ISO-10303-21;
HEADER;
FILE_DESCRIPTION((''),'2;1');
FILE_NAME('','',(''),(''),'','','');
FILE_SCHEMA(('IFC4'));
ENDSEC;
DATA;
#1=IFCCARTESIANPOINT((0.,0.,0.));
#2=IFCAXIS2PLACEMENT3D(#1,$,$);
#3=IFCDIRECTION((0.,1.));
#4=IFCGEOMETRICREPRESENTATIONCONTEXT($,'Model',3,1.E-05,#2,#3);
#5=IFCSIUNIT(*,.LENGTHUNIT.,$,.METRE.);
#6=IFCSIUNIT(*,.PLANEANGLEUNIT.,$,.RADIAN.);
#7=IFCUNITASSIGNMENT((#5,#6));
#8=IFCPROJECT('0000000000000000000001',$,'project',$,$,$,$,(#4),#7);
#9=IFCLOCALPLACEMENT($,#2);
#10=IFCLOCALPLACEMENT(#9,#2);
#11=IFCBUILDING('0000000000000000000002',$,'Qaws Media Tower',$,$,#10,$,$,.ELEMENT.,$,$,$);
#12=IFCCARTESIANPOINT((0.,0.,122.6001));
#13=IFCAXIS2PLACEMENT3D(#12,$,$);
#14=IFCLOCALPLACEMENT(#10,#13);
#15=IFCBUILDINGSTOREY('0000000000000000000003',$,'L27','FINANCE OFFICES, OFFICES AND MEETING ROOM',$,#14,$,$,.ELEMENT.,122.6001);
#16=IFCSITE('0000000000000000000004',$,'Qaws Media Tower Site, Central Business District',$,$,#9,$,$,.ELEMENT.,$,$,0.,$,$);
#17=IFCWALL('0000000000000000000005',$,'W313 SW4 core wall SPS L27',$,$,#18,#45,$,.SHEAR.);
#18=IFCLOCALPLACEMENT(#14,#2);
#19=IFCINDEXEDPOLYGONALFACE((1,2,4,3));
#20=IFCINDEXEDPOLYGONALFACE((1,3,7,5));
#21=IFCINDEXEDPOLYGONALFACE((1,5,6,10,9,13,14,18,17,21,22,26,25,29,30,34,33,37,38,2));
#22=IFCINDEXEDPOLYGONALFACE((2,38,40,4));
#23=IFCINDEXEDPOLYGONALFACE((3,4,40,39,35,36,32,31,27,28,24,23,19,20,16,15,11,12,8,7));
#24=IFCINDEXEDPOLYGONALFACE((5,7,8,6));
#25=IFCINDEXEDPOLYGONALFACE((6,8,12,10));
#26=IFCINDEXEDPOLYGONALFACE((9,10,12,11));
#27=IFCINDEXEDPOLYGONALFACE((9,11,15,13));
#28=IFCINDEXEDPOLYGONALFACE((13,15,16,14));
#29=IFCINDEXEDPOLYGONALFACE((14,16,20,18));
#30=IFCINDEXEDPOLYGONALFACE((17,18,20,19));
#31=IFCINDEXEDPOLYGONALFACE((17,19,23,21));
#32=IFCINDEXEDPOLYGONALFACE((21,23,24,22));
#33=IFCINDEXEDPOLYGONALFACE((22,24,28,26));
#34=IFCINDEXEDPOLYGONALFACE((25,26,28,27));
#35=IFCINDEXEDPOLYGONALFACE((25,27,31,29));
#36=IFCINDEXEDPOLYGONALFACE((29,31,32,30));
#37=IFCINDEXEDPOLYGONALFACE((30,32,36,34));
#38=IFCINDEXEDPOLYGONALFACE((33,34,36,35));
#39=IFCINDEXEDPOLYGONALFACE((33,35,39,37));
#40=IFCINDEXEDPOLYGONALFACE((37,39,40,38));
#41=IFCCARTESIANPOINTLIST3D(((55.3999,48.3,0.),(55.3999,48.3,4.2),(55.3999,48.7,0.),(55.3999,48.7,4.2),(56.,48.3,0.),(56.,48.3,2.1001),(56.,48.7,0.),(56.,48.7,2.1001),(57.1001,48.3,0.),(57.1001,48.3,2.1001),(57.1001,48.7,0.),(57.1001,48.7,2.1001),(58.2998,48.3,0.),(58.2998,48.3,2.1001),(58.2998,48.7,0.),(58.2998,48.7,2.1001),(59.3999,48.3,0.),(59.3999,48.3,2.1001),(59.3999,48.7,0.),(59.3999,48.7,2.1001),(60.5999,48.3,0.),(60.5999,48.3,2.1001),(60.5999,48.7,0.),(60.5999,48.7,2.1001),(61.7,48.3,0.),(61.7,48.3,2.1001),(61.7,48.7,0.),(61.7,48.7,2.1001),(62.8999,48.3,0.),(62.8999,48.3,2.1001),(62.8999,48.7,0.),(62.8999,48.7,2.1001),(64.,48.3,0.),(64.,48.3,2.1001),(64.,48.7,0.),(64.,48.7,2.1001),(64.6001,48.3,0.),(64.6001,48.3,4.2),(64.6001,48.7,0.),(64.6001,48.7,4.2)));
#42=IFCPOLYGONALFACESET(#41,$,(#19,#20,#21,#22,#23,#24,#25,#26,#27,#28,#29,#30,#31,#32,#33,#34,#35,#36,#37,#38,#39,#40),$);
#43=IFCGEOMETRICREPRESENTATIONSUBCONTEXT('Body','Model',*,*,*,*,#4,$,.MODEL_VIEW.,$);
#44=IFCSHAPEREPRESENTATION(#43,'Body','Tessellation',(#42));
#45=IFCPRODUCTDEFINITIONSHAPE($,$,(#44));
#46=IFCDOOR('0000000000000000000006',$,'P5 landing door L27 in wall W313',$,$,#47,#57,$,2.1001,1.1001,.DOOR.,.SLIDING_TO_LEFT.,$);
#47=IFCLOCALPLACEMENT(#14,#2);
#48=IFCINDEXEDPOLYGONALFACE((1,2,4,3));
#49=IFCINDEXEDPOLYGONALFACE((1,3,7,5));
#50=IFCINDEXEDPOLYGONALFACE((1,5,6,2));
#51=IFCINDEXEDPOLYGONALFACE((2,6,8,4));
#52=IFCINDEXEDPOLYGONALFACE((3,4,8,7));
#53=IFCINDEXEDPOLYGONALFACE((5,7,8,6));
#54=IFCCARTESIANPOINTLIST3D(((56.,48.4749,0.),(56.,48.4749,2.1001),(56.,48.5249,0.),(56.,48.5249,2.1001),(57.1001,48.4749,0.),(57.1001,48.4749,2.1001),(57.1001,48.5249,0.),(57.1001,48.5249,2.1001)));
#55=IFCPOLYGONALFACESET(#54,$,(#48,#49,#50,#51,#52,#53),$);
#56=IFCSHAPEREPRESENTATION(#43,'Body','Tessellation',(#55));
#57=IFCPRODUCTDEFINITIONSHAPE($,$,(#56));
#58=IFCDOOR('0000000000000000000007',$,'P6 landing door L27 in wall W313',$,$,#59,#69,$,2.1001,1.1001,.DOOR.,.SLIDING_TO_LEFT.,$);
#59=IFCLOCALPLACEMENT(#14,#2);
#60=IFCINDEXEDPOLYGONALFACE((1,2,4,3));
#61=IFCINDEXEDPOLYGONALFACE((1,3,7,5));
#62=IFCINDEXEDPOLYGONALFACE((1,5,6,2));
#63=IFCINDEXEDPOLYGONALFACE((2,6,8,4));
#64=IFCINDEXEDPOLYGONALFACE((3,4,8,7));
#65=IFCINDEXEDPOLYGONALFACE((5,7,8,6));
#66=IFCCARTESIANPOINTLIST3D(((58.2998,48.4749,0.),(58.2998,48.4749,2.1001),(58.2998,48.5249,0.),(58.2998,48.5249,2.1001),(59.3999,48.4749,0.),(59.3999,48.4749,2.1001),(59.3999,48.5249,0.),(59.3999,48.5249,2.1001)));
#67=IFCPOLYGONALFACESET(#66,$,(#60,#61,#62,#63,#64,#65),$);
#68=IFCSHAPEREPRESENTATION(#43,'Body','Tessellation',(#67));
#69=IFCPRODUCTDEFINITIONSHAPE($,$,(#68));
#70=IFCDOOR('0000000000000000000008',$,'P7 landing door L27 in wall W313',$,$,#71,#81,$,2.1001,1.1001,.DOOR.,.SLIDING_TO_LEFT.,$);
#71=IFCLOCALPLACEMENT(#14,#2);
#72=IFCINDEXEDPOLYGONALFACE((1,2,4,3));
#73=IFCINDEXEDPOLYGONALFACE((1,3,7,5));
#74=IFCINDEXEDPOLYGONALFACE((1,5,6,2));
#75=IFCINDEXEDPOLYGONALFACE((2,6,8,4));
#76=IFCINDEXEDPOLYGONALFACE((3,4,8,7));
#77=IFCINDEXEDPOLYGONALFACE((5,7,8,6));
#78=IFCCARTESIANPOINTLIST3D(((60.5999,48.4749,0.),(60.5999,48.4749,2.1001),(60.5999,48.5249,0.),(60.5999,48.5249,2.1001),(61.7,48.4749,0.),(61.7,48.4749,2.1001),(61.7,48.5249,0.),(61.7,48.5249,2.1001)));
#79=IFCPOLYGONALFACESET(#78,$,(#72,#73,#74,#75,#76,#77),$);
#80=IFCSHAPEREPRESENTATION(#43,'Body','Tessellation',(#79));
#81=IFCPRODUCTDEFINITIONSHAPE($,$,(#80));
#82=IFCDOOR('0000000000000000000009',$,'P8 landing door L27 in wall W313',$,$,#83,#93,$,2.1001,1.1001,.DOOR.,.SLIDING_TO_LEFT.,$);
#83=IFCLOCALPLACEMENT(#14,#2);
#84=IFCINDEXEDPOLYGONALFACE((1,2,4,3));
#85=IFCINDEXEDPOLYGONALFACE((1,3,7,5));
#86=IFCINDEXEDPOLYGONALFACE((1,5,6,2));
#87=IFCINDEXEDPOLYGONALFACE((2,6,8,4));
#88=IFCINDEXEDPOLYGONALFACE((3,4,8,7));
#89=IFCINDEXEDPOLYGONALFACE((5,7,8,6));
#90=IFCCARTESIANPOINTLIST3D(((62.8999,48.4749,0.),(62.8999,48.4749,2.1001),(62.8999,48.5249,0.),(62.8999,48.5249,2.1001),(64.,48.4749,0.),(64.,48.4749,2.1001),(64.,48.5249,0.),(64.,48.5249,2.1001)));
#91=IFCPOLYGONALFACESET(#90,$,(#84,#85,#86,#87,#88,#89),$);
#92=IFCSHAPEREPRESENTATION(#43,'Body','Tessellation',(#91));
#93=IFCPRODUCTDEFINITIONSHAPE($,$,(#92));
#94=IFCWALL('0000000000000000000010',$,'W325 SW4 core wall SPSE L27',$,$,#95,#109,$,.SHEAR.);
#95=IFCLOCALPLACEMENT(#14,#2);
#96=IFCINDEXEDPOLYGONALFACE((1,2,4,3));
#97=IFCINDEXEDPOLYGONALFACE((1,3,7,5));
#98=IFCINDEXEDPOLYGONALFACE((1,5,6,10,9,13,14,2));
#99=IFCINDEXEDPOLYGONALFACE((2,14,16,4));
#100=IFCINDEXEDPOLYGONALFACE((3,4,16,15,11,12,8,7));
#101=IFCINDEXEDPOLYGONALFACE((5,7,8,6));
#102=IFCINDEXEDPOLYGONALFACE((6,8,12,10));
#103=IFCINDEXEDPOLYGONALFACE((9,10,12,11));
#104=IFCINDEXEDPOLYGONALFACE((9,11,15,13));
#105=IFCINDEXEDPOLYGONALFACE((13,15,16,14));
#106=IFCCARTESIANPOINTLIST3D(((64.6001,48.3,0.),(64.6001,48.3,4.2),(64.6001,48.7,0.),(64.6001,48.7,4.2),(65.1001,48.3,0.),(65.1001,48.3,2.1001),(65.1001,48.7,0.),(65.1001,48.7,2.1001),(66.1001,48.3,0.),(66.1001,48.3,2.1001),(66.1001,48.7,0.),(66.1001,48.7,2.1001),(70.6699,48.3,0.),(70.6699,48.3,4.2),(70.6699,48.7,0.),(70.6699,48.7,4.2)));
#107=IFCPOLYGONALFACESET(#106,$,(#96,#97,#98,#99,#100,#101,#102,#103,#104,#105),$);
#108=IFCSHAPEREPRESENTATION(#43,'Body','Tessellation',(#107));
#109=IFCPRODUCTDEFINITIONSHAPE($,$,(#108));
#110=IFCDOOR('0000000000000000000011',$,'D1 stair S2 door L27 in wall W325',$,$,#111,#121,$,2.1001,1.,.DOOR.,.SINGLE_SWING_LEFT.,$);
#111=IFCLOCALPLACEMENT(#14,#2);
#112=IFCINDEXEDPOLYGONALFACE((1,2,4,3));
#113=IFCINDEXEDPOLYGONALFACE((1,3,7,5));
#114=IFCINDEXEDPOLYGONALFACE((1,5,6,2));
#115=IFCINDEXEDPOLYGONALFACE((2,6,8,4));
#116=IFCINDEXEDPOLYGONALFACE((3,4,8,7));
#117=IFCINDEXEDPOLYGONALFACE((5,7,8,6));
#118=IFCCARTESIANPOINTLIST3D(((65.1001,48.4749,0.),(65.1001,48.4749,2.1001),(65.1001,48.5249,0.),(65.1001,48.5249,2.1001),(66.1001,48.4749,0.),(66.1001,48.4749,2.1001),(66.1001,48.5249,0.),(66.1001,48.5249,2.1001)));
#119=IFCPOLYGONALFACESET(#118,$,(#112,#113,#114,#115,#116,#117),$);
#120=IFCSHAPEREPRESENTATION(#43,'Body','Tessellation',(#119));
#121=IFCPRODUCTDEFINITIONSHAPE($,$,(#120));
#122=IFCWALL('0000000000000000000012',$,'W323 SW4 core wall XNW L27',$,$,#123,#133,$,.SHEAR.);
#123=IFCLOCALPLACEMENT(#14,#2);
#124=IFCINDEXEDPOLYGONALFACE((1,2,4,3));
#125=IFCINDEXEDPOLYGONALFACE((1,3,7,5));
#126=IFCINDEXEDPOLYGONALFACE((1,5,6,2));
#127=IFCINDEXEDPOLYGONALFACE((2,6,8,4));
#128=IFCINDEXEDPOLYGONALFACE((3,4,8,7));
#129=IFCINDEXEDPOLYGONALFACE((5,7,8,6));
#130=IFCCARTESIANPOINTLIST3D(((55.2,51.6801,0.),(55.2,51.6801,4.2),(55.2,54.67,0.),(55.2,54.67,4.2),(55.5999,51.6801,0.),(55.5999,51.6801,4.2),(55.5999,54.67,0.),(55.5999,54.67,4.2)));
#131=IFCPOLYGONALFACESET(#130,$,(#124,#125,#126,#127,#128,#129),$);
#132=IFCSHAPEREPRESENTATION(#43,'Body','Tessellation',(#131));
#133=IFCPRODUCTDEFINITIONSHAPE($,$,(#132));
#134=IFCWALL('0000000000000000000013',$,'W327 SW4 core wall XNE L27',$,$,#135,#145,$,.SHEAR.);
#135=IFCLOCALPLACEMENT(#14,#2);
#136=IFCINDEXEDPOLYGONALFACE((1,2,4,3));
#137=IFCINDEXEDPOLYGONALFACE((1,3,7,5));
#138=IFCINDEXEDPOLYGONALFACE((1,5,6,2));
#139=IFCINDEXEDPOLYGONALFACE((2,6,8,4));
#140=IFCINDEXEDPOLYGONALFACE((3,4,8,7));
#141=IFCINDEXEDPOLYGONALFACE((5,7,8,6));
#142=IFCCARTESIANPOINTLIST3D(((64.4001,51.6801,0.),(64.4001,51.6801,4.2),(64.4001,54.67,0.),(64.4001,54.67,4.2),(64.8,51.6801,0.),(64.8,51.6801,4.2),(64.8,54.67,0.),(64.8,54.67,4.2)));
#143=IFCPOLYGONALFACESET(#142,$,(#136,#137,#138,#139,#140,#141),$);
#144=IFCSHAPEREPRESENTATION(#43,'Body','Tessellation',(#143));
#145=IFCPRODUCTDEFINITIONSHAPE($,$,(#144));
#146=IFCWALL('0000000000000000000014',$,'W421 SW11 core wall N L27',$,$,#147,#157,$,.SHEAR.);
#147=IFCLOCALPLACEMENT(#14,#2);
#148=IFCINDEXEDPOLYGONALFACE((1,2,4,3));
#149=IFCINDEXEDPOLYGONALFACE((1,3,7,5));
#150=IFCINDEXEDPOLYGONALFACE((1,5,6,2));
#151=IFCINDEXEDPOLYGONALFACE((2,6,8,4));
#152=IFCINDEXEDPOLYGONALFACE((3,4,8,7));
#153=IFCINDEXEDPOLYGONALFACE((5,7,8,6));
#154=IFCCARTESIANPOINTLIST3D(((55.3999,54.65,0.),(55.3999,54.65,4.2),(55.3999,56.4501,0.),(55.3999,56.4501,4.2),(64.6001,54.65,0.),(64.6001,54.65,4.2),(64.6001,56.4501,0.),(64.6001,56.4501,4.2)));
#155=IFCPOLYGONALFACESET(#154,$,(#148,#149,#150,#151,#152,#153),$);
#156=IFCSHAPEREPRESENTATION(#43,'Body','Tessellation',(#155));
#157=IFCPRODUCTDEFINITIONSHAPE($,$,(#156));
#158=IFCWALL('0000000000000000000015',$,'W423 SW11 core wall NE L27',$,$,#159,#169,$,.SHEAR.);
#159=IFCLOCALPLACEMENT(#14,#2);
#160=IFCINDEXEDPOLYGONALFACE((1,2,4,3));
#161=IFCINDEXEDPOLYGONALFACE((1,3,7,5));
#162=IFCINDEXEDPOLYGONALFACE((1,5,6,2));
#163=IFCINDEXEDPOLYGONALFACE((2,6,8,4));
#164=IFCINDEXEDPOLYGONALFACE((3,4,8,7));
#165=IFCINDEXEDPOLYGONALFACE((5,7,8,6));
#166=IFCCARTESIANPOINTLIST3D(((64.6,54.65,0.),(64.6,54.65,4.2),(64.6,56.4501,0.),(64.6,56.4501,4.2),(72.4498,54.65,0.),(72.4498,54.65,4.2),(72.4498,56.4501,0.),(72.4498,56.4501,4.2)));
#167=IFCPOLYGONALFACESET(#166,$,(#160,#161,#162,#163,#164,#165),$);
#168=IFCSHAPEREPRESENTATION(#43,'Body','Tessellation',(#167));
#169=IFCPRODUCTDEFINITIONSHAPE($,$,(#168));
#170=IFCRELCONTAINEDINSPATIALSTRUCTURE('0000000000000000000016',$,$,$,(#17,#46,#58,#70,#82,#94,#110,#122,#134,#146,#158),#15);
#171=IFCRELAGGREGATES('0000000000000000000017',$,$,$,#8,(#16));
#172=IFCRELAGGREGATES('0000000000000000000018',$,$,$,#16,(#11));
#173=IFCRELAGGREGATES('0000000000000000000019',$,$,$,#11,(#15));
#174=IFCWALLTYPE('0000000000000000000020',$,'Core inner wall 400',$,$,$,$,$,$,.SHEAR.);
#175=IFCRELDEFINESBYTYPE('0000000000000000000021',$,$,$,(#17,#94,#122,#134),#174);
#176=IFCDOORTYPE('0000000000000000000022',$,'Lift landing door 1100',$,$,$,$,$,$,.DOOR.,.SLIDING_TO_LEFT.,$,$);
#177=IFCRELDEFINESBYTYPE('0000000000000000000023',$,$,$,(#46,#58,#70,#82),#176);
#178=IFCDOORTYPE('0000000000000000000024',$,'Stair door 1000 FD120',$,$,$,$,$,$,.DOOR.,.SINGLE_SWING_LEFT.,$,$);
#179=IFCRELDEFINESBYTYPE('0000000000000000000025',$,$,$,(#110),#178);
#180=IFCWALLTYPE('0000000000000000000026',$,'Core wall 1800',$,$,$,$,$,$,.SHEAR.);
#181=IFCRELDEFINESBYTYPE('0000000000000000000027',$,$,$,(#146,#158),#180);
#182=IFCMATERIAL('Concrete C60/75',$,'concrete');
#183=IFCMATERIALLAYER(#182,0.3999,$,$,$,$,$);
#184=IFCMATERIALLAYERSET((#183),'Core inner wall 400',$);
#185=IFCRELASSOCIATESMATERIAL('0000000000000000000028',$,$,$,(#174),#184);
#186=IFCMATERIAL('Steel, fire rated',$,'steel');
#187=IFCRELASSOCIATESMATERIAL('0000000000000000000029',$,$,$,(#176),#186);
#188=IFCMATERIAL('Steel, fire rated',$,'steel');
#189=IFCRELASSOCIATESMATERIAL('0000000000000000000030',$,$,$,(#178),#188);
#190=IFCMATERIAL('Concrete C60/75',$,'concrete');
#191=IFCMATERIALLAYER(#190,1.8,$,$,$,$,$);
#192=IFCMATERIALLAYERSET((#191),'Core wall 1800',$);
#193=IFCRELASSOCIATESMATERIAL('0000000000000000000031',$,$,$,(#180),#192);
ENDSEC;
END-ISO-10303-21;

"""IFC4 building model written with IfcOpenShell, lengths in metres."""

from ifc_helpers import new_model, si_unit, direction, frame, frame_2d, origin, place, context, subcontext, project, spatial, rectangle, extrude, material, layer, layer_set, type_object, element, fill, save


model = new_model("IFC4")

# Units and contexts
model_context = context("Model", 3, precision=1e-05, world=origin(), true_north=direction((0.0, 1.0)))
body_context = subcontext(model_context, "Body", "Model", "MODEL_VIEW")
ifc_project = project(units=[si_unit("LENGTHUNIT", "METRE"), si_unit("PLANEANGLEUNIT", "RADIAN")], contexts=[model_context])

# Site, building, storey
site_placement = place(None, origin())
site = spatial("IfcSite", under=ifc_project, at=site_placement, Name="Qaws Media Tower Site, Central Business District", CompositionType="ELEMENT", RefElevation=0.0)
building_placement = place(site_placement, origin())
building = spatial("IfcBuilding", under=site, at=building_placement, Name="Qaws Media Tower", CompositionType="ELEMENT")
storey_placement = place(building_placement, frame((0.0, 0.0, 122.6001)))
storey = spatial("IfcBuildingStorey", under=building, at=storey_placement, Name="L27", Description="FINANCE OFFICES, OFFICES AND MEETING ROOM", CompositionType="ELEMENT", Elevation=122.6001)

# Wall, openings, doors
ifc_material_1 = material(Name="Concrete C60/75", Category="concrete")
ifc_layer_1 = layer(ifc_material_1, 0.3999)
ifc_layer_set_1 = layer_set([ifc_layer_1], Name="Core inner wall 400")
wall_type_1 = type_object("IfcWallType", Name="Core inner wall 400", PredefinedType="SHEAR", material=ifc_layer_set_1)
wall_1_placement = place(storey_placement, frame((55.3999, 48.5, 0.0), z_axis=(0.0, 0.0, 1.0), x_axis=(1.0, 0.0, 0.0)))
wall_1 = element("IfcWall", 1, at=wall_1_placement, inside=storey, type_object=wall_type_1, Name="W313 SW4 core wall SPS L27", PredefinedType="SHEAR", context=body_context, shape_type="SweptSolid", body=[
    extrude(rectangle(XDim=9.2002, YDim=0.3999, at=frame_2d((4.6001, 0.0))), origin(), (0.0, 0.0, 1.0), 4.2),
])
opening_1_placement = place(wall_1_placement, frame((0.6001, 0.0, 0.0)))
opening_1 = element("IfcOpeningElement", 2, at=opening_1_placement, cuts=wall_1, PredefinedType="OPENING", context=body_context, shape_type="SweptSolid", body=[
    extrude(rectangle(XDim=1.1001, YDim=2.1001, at=frame_2d((0.55, 1.05))), frame((0.0, 0.21, 0.0), z_axis=(0.0, -1.0, 0.0), x_axis=(1.0, 0.0, 0.0)), (0.0, 0.0, 1.0), 0.4199),
])
opening_2_placement = place(wall_1_placement, frame((2.8999, 0.0, 0.0)))
opening_2 = element("IfcOpeningElement", 3, at=opening_2_placement, cuts=wall_1, PredefinedType="OPENING", context=body_context, shape_type="SweptSolid", body=[
    extrude(rectangle(XDim=1.1001, YDim=2.1001, at=frame_2d((0.55, 1.05))), frame((0.0, 0.21, 0.0), z_axis=(0.0, -1.0, 0.0), x_axis=(1.0, 0.0, 0.0)), (0.0, 0.0, 1.0), 0.4199),
])
opening_3_placement = place(wall_1_placement, frame((5.2, 0.0, 0.0)))
opening_3 = element("IfcOpeningElement", 4, at=opening_3_placement, cuts=wall_1, PredefinedType="OPENING", context=body_context, shape_type="SweptSolid", body=[
    extrude(rectangle(XDim=1.1001, YDim=2.1001, at=frame_2d((0.55, 1.05))), frame((0.0, 0.21, 0.0), z_axis=(0.0, -1.0, 0.0), x_axis=(1.0, 0.0, 0.0)), (0.0, 0.0, 1.0), 0.4199),
])
opening_4_placement = place(wall_1_placement, frame((7.5, 0.0, 0.0)))
opening_4 = element("IfcOpeningElement", 5, at=opening_4_placement, cuts=wall_1, PredefinedType="OPENING", context=body_context, shape_type="SweptSolid", body=[
    extrude(rectangle(XDim=1.1001, YDim=2.1001, at=frame_2d((0.55, 1.05))), frame((0.0, 0.21, 0.0), z_axis=(0.0, -1.0, 0.0), x_axis=(1.0, 0.0, 0.0)), (0.0, 0.0, 1.0), 0.4199),
])
ifc_material_2 = material(Name="Steel, fire rated", Category="steel")
door_type_1 = type_object("IfcDoorType", Name="Lift landing door 1100", OperationType="SLIDING_TO_LEFT", PredefinedType="DOOR", material=ifc_material_2)
door_1_placement = place(opening_1_placement, origin())
door_1 = element("IfcDoor", 6, at=door_1_placement, inside=storey, type_object=door_type_1, Name="P5 landing door L27 in wall W313", OperationType="SLIDING_TO_LEFT", OverallHeight=2.1001, OverallWidth=1.1001, PredefinedType="DOOR", context=body_context, shape_type="SweptSolid", body=[
    extrude(rectangle(XDim=1.1001, YDim=2.1001, at=frame_2d((0.55, 1.05))), frame((0.0, 0.0249, 0.0), z_axis=(0.0, -1.0, 0.0), x_axis=(1.0, 0.0, 0.0)), (0.0, 0.0, 1.0), 0.05),
])
fill(opening_1, door_1)
door_2_placement = place(opening_2_placement, origin())
door_2 = element("IfcDoor", 7, at=door_2_placement, inside=storey, type_object=door_type_1, Name="P6 landing door L27 in wall W313", OperationType="SLIDING_TO_LEFT", OverallHeight=2.1001, OverallWidth=1.1001, PredefinedType="DOOR", context=body_context, shape_type="SweptSolid", body=[
    extrude(rectangle(XDim=1.1001, YDim=2.1001, at=frame_2d((0.55, 1.05))), frame((0.0, 0.0249, 0.0), z_axis=(0.0, -1.0, 0.0), x_axis=(1.0, 0.0, 0.0)), (0.0, 0.0, 1.0), 0.05),
])
fill(opening_2, door_2)
door_3_placement = place(opening_3_placement, origin())
door_3 = element("IfcDoor", 8, at=door_3_placement, inside=storey, type_object=door_type_1, Name="P7 landing door L27 in wall W313", OperationType="SLIDING_TO_LEFT", OverallHeight=2.1001, OverallWidth=1.1001, PredefinedType="DOOR", context=body_context, shape_type="SweptSolid", body=[
    extrude(rectangle(XDim=1.1001, YDim=2.1001, at=frame_2d((0.55, 1.05))), frame((0.0, 0.0249, 0.0), z_axis=(0.0, -1.0, 0.0), x_axis=(1.0, 0.0, 0.0)), (0.0, 0.0, 1.0), 0.05),
])
fill(opening_3, door_3)
door_4_placement = place(opening_4_placement, origin())
door_4 = element("IfcDoor", 9, at=door_4_placement, inside=storey, type_object=door_type_1, Name="P8 landing door L27 in wall W313", OperationType="SLIDING_TO_LEFT", OverallHeight=2.1001, OverallWidth=1.1001, PredefinedType="DOOR", context=body_context, shape_type="SweptSolid", body=[
    extrude(rectangle(XDim=1.1001, YDim=2.1001, at=frame_2d((0.55, 1.05))), frame((0.0, 0.0249, 0.0), z_axis=(0.0, -1.0, 0.0), x_axis=(1.0, 0.0, 0.0)), (0.0, 0.0, 1.0), 0.05),
])
fill(opening_4, door_4)

# Wall, opening, door
wall_2_placement = place(storey_placement, frame((64.6001, 48.5, 0.0), z_axis=(0.0, 0.0, 1.0), x_axis=(1.0, 0.0, 0.0)))
wall_2 = element("IfcWall", 10, at=wall_2_placement, inside=storey, type_object=wall_type_1, Name="W325 SW4 core wall SPSE L27", PredefinedType="SHEAR", context=body_context, shape_type="SweptSolid", body=[
    extrude(rectangle(XDim=6.0698, YDim=0.3999, at=frame_2d((3.0349, 0.0))), origin(), (0.0, 0.0, 1.0), 4.2),
])
opening_5_placement = place(wall_2_placement, frame((0.5, 0.0, 0.0)))
opening_5 = element("IfcOpeningElement", 11, at=opening_5_placement, cuts=wall_2, PredefinedType="OPENING", context=body_context, shape_type="SweptSolid", body=[
    extrude(rectangle(XDim=1.0, YDim=2.1001, at=frame_2d((0.5, 1.05))), frame((0.0, 0.21, 0.0), z_axis=(0.0, -1.0, 0.0), x_axis=(1.0, 0.0, 0.0)), (0.0, 0.0, 1.0), 0.4199),
])
ifc_material_3 = material(Name="Steel, fire rated", Category="steel")
door_type_2 = type_object("IfcDoorType", Name="Stair door 1000 FD120", OperationType="SINGLE_SWING_LEFT", PredefinedType="DOOR", material=ifc_material_3)
door_5_placement = place(opening_5_placement, origin())
door_5 = element("IfcDoor", 12, at=door_5_placement, inside=storey, type_object=door_type_2, Name="D1 stair S2 door L27 in wall W325", OperationType="SINGLE_SWING_LEFT", OverallHeight=2.1001, OverallWidth=1.0, PredefinedType="DOOR", context=body_context, shape_type="SweptSolid", body=[
    extrude(rectangle(XDim=1.0, YDim=2.1001, at=frame_2d((0.5, 1.05))), frame((0.0, 0.0249, 0.0), z_axis=(0.0, -1.0, 0.0), x_axis=(1.0, 0.0, 0.0)), (0.0, 0.0, 1.0), 0.05),
])
fill(opening_5, door_5)

# Walls
for number, where, z_axis, x_axis, name in (
    (13, (55.3999, 51.6799, 0.0), (0.0, 0.0, 1.0), (0.0, 1.0, 0.0), "W323 SW4 core wall XNW L27"),
    (14, (64.6001, 51.6799, 0.0), (0.0, 0.0, 1.0), (0.0, 1.0, 0.0), "W327 SW4 core wall XNE L27"),
):
    element("IfcWall", number, at=place(storey_placement, frame(where, z_axis=z_axis, x_axis=x_axis)), inside=storey, type_object=wall_type_1, Name=name, PredefinedType="SHEAR", context=body_context, shape_type="SweptSolid", body=[
        extrude(rectangle(XDim=2.99, YDim=0.3999, at=frame_2d((1.4951, 0.0))), origin(), (0.0, 0.0, 1.0), 4.2),
    ])
ifc_material_4 = material(Name="Concrete C60/75", Category="concrete")
ifc_layer_2 = layer(ifc_material_4, 1.8)
ifc_layer_set_2 = layer_set([ifc_layer_2], Name="Core wall 1800")
wall_type_2 = type_object("IfcWallType", Name="Core wall 1800", PredefinedType="SHEAR", material=ifc_layer_set_2)
wall_3_placement = place(storey_placement, frame((55.3999, 55.55, 0.0), z_axis=(0.0, 0.0, 1.0), x_axis=(1.0, 0.0, 0.0)))
element("IfcWall", 15, at=wall_3_placement, inside=storey, type_object=wall_type_2, Name="W421 SW11 core wall N L27", PredefinedType="SHEAR", context=body_context, shape_type="SweptSolid", body=[
    extrude(rectangle(XDim=9.2002, YDim=1.8, at=frame_2d((4.6001, 0.0))), origin(), (0.0, 0.0, 1.0), 4.2),
])
wall_4_placement = place(storey_placement, frame((64.6001, 55.55, 0.0), z_axis=(0.0, 0.0, 1.0), x_axis=(1.0, 0.0, 0.0)))
element("IfcWall", 16, at=wall_4_placement, inside=storey, type_object=wall_type_2, Name="W423 SW11 core wall NE L27", PredefinedType="SHEAR", context=body_context, shape_type="SweptSolid", body=[
    extrude(rectangle(XDim=7.8499, YDim=1.8, at=frame_2d((3.9248, 0.0))), origin(), (0.0, 0.0, 1.0), 4.2),
])

save(model, "model.ifc")
